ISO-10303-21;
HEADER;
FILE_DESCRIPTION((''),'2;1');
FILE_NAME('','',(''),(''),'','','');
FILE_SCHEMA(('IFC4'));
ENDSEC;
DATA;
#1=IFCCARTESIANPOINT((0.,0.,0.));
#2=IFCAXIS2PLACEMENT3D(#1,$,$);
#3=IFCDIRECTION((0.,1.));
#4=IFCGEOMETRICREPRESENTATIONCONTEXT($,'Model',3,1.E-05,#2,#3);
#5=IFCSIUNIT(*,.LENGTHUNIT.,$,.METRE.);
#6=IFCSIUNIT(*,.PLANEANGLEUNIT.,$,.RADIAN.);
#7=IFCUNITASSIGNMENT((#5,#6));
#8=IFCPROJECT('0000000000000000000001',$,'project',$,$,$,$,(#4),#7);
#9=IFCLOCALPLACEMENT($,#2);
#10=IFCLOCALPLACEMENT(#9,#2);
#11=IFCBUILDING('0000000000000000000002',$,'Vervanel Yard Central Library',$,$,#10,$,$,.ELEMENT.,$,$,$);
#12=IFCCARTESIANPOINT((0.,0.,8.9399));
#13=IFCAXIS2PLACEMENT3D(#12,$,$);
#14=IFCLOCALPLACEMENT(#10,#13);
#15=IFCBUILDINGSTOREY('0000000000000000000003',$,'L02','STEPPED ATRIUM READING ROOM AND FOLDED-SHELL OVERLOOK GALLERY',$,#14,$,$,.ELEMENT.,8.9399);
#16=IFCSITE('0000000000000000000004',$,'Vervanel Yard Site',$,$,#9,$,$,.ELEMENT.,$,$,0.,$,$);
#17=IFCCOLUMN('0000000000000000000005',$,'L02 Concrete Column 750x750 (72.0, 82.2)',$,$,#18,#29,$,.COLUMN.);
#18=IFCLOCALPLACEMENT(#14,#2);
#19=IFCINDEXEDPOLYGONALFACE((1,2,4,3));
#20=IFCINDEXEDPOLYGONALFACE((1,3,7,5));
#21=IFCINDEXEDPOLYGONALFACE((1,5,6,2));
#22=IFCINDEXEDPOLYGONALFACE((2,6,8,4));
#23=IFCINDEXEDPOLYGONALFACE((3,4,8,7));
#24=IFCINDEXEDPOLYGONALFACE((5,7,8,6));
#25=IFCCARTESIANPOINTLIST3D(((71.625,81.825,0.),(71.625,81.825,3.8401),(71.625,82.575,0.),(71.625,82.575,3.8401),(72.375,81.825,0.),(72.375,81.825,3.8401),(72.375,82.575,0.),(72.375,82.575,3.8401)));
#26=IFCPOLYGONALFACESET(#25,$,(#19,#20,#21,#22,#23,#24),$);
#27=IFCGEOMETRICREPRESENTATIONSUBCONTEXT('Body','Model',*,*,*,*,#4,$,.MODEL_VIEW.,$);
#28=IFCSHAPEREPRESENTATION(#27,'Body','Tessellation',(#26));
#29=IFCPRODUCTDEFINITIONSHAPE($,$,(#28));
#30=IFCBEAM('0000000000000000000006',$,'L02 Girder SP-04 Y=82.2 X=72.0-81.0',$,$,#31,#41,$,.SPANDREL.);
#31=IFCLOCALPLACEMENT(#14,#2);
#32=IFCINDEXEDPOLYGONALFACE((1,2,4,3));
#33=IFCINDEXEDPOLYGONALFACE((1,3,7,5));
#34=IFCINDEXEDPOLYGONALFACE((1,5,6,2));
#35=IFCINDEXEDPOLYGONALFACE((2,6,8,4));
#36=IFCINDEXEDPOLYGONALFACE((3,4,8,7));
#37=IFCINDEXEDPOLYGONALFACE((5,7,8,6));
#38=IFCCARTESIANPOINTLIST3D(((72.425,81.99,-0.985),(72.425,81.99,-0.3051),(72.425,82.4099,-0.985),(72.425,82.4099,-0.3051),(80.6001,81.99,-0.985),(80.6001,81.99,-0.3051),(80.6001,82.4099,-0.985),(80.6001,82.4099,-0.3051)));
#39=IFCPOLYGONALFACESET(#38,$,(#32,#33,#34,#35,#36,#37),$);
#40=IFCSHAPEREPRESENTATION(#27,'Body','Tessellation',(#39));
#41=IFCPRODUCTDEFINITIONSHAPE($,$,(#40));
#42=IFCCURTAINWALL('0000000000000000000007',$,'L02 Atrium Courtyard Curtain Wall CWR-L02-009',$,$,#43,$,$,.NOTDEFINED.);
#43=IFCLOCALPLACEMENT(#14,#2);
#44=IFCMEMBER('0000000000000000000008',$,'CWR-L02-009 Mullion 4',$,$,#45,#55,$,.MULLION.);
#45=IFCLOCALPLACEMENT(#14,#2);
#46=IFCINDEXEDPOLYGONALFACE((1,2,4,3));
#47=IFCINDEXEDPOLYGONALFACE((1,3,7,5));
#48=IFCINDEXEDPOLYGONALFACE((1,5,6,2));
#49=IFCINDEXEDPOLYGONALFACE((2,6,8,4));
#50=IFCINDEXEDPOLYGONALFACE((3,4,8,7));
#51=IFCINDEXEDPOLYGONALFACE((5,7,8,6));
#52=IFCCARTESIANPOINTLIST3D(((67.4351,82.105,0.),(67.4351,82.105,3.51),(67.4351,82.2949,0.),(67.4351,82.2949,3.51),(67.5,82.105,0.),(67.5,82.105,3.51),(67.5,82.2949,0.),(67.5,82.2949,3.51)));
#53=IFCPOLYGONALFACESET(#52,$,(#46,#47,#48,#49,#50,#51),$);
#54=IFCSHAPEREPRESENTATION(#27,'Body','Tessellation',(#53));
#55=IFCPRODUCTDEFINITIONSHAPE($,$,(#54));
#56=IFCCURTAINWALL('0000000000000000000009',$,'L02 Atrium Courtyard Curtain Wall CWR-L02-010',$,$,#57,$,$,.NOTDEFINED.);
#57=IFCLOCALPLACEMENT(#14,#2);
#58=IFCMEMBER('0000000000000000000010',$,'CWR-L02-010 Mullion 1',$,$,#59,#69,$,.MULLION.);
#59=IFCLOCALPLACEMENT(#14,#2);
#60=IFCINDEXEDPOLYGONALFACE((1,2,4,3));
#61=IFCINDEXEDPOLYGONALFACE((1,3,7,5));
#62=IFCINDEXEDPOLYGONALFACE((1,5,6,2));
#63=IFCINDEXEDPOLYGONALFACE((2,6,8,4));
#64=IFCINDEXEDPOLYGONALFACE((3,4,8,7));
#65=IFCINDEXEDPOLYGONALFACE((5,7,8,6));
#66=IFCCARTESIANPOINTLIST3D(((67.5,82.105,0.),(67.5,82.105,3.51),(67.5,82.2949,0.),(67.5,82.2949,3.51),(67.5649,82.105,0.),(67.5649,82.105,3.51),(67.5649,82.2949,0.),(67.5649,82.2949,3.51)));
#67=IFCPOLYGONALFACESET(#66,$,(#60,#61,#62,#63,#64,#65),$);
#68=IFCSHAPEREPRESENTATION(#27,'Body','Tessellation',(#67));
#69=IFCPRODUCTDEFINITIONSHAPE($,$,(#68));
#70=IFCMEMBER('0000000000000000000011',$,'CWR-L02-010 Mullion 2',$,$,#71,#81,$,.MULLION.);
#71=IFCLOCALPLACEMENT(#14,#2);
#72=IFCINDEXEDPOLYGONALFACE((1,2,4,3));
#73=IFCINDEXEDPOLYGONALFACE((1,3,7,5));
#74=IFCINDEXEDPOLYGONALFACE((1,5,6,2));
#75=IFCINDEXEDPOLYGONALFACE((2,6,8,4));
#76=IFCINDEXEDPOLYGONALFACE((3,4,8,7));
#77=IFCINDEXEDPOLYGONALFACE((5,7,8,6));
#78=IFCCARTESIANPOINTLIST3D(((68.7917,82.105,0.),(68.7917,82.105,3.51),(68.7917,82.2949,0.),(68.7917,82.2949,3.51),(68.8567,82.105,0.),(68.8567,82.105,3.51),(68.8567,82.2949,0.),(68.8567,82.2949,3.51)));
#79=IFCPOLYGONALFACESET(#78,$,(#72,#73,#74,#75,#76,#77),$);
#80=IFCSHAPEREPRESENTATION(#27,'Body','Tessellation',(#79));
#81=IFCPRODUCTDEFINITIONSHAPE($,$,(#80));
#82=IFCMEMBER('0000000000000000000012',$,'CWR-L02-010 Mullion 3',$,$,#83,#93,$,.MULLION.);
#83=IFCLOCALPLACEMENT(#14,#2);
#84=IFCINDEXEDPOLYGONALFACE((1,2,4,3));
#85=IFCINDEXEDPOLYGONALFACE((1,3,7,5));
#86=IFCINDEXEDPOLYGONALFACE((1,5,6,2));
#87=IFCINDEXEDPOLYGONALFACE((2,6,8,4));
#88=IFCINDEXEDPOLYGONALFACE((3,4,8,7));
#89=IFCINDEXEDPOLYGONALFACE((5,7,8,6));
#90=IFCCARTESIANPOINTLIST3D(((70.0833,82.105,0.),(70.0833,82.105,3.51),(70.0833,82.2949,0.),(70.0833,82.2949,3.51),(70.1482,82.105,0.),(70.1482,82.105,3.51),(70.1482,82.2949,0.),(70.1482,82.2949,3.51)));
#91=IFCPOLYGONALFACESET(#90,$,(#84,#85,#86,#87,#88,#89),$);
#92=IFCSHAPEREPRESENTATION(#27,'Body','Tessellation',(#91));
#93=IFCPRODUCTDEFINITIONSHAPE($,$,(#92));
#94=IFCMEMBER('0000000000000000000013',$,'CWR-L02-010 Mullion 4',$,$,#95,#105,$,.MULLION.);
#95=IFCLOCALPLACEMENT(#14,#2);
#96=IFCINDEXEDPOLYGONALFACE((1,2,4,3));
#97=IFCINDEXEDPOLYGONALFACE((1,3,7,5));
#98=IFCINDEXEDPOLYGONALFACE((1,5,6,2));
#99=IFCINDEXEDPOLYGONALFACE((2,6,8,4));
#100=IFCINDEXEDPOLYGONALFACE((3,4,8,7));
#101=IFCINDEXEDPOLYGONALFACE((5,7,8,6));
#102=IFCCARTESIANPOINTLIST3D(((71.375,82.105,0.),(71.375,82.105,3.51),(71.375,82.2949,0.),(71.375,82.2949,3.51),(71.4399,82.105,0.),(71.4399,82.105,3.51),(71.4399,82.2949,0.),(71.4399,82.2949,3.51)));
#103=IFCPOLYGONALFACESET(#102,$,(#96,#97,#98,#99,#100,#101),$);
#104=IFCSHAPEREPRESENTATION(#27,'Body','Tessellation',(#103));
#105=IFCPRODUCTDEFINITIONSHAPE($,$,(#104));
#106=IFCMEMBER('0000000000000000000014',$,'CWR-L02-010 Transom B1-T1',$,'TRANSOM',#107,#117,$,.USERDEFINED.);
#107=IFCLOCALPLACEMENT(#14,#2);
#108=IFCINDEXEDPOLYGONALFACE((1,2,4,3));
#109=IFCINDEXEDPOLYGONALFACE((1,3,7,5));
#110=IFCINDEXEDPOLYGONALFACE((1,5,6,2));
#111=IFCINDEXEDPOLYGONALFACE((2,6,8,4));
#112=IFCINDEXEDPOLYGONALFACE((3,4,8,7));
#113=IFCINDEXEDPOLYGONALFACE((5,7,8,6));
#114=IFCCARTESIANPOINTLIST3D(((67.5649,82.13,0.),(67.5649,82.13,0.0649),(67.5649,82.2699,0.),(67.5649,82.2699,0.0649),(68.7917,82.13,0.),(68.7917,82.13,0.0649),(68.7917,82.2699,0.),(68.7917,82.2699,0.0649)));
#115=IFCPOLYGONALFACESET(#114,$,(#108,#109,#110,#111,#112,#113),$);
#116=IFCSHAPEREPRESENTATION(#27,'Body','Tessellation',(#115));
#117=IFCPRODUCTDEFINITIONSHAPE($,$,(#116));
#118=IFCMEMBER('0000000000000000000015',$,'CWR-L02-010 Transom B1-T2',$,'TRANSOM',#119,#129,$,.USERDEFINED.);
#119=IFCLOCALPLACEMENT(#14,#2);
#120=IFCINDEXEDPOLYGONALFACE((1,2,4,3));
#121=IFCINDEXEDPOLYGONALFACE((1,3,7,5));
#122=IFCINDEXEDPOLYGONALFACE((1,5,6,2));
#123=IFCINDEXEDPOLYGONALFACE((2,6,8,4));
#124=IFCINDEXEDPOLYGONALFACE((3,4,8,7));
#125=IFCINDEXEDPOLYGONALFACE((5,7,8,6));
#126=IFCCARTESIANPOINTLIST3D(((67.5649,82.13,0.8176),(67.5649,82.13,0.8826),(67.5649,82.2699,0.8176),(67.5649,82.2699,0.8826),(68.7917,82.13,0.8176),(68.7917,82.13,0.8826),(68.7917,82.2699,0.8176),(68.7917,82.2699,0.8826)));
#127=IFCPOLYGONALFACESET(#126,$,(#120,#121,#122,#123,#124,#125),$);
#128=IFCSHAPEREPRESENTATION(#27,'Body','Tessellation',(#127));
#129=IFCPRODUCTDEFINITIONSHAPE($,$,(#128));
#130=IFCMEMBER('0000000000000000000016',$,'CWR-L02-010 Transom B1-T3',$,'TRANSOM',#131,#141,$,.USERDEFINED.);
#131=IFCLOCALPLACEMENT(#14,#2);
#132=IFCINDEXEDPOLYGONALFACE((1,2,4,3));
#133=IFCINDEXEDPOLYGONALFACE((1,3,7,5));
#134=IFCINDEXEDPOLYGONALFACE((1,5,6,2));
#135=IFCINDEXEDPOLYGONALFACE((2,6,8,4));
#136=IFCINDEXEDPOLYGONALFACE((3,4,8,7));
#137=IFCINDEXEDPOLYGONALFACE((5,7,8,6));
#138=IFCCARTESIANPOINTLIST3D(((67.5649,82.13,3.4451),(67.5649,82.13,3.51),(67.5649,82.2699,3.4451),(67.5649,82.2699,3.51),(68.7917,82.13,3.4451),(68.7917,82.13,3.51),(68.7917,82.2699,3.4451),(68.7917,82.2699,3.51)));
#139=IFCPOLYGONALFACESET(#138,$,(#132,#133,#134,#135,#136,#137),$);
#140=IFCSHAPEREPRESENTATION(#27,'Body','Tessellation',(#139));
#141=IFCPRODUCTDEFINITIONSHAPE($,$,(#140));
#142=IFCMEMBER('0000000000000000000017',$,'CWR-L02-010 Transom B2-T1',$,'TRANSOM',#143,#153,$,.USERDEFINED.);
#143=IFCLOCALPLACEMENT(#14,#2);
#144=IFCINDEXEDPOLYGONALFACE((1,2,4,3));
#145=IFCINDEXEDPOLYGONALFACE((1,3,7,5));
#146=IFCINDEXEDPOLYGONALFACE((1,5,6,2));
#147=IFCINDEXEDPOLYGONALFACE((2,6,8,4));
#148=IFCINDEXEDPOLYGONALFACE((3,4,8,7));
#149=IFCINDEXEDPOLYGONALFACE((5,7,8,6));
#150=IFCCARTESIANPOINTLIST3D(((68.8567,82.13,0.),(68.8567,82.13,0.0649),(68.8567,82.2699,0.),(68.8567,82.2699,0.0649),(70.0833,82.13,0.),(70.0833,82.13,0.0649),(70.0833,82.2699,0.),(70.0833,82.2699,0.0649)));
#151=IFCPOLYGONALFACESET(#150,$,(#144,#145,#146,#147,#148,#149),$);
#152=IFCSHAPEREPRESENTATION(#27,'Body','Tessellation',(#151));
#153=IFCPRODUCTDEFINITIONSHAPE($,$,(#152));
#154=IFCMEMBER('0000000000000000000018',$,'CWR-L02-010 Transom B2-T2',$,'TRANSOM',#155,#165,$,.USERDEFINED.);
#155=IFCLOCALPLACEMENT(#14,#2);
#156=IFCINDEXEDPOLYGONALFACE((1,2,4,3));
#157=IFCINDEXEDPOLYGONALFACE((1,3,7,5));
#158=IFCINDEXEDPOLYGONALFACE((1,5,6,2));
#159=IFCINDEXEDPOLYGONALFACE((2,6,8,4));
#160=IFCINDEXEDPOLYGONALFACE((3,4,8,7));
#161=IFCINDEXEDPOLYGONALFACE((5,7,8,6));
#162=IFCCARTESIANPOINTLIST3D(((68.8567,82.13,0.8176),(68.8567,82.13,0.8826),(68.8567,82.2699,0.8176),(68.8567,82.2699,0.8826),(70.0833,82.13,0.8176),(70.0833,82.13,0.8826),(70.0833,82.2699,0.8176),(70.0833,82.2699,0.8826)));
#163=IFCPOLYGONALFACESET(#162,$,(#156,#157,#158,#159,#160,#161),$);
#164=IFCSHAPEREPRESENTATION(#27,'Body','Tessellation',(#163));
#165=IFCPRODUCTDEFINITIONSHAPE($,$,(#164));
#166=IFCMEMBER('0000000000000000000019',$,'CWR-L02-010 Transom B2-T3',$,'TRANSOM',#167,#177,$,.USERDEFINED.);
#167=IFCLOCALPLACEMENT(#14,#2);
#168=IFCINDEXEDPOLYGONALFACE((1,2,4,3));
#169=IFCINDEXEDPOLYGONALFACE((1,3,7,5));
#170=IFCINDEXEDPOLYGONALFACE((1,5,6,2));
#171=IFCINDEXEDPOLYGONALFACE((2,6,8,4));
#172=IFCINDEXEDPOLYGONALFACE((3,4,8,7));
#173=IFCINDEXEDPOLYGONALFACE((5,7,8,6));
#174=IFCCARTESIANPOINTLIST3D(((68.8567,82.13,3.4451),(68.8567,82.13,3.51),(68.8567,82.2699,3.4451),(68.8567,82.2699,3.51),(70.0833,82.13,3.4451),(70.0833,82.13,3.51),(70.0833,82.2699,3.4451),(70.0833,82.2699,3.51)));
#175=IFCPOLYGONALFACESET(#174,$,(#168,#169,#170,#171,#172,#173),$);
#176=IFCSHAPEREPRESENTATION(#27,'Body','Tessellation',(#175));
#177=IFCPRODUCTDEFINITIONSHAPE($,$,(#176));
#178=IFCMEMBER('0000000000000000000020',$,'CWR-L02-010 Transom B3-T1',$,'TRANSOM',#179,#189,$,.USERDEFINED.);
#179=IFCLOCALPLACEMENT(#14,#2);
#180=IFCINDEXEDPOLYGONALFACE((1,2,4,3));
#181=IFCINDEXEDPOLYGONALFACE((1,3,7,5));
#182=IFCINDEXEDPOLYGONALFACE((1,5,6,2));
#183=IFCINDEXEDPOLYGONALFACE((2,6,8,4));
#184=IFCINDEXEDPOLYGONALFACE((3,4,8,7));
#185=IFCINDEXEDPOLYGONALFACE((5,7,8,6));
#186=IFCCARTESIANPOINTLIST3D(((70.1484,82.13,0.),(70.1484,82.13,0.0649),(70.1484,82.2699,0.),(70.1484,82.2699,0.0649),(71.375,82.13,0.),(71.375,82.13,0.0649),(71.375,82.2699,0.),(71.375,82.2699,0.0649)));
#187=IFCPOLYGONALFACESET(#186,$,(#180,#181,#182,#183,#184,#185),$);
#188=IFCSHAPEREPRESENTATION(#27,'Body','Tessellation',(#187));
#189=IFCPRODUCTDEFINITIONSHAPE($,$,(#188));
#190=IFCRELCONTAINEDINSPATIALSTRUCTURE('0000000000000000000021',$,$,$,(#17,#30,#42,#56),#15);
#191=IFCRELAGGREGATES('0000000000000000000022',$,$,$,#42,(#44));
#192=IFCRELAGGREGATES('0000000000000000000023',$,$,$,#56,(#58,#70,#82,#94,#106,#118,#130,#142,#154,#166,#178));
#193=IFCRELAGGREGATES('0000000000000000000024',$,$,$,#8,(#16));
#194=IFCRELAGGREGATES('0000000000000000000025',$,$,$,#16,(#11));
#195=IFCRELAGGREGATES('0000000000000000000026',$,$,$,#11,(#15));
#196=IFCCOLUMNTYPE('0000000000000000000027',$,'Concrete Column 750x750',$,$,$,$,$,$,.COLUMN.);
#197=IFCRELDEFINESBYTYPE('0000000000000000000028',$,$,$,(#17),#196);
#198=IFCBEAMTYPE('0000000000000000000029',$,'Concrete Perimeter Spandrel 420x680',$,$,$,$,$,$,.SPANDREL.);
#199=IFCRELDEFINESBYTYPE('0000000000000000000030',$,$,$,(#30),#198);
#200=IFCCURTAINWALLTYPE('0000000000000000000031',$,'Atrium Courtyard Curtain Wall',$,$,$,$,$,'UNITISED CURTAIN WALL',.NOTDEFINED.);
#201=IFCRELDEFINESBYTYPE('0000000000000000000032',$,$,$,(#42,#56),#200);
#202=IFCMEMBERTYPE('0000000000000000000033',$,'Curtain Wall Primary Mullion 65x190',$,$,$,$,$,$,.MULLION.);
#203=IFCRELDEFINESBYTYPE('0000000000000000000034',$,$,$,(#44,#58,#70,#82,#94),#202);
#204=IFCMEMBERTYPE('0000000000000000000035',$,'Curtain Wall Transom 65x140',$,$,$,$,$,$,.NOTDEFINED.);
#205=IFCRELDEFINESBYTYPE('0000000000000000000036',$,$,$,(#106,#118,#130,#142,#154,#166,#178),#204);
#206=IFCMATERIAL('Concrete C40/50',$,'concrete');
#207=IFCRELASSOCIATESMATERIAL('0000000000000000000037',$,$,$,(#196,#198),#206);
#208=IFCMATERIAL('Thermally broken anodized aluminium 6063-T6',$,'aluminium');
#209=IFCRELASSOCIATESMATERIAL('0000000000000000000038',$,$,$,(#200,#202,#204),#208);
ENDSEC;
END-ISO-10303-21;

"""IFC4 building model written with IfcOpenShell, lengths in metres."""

from ifc_helpers import new_model, si_unit, direction, frame, origin, origin_2d, place, context, subcontext, project, spatial, rectangle, extrude, material, material_profile, profile_set, type_object, element, aggregate, save


model = new_model("IFC4")

# Units and contexts
model_context = context("Model", 3, precision=1e-05, world=origin(), true_north=direction((0.0, 1.0)))
body_context = subcontext(model_context, "Body", "Model", "MODEL_VIEW")
ifc_project = project(units=[si_unit("LENGTHUNIT", "METRE"), si_unit("PLANEANGLEUNIT", "RADIAN")], contexts=[model_context])

# Site, building, storey
site_placement = place(None, origin())
site = spatial("IfcSite", under=ifc_project, at=site_placement, Name="Vervanel Yard Site", CompositionType="ELEMENT", RefElevation=0.0)
building_placement = place(site_placement, origin())
building = spatial("IfcBuilding", under=site, at=building_placement, Name="Vervanel Yard Central Library", CompositionType="ELEMENT")
storey_placement = place(building_placement, frame((0.0, 0.0, 8.9399)))
storey = spatial("IfcBuildingStorey", under=building, at=storey_placement, Name="L02", Description="STEPPED ATRIUM READING ROOM AND FOLDED-SHELL OVERLOOK GALLERY", CompositionType="ELEMENT", Elevation=8.9399)

# Column
ifc_material_1 = material(Name="Concrete C40/50", Category="concrete")
ifc_material_profile_1 = material_profile(ifc_material_1, rectangle(XDim=0.75, YDim=0.75, at=origin_2d()), Name="RC 750x750", Category="concrete")
ifc_profile_set_1 = profile_set([ifc_material_profile_1], Name="Concrete C40/50")
column_type = type_object("IfcColumnType", Name="Concrete Column 750x750", PredefinedType="COLUMN", material=ifc_profile_set_1)
column_placement = place(storey_placement, frame((72.0, 82.2, 0.0), z_axis=(0.0, 0.0, 1.0), x_axis=(1.0, 0.0, 0.0)))
element("IfcColumn", 1, at=column_placement, inside=storey, type_object=column_type, Name="L02 Concrete Column 750x750 (72.0, 82.2)", PredefinedType="COLUMN", context=body_context, shape_type="SweptSolid", body=[
    extrude(rectangle(XDim=0.75, YDim=0.75, at=origin_2d()), origin(), (0.0, 0.0, 1.0), 3.8401),
])

# Beam
ifc_material_profile_2 = material_profile(ifc_material_1, rectangle(XDim=0.4199, YDim=0.6799, at=origin_2d()), Name="RC 420x680", Category="concrete")
ifc_profile_set_2 = profile_set([ifc_material_profile_2], Name="Concrete C40/50")
beam_type = type_object("IfcBeamType", Name="Concrete Perimeter Spandrel 420x680", PredefinedType="SPANDREL", material=ifc_profile_set_2)
beam_placement = place(storey_placement, frame((72.425, 82.2, -0.645), z_axis=(1.0, 0.0, 0.0), x_axis=(0.0, 1.0, 0.0)))
element("IfcBeam", 2, at=beam_placement, inside=storey, type_object=beam_type, Name="L02 Girder SP-04 Y=82.2 X=72.0-81.0", PredefinedType="SPANDREL", context=body_context, shape_type="SweptSolid", body=[
    extrude(rectangle(XDim=0.4199, YDim=0.6799, at=origin_2d()), origin(), (0.0, 0.0, 1.0), 8.175),
])

# Curtain wall, member
ifc_material_2 = material(Name="Thermally broken anodized aluminium 6063-T6", Category="aluminium")
curtain_wall_type = type_object("IfcCurtainWallType", Name="Atrium Courtyard Curtain Wall", ElementType="UNITISED CURTAIN WALL", PredefinedType="NOTDEFINED", material=ifc_material_2)
curtain_wall_1_placement = place(storey_placement, origin())
curtain_wall_1 = element("IfcCurtainWall", 3, at=curtain_wall_1_placement, inside=storey, type_object=curtain_wall_type, Name="L02 Atrium Courtyard Curtain Wall CWR-L02-009", PredefinedType="NOTDEFINED")
ifc_material_profile_3 = material_profile(ifc_material_2, rectangle(XDim=0.0649, YDim=0.1899, at=origin_2d()), Name="ALU 65x190", Category="aluminium")
ifc_profile_set_3 = profile_set([ifc_material_profile_3], Name="Thermally broken anodized aluminium 6063-T6")
member_type_1 = type_object("IfcMemberType", Name="Curtain Wall Primary Mullion 65x190", PredefinedType="MULLION", material=ifc_profile_set_3)
member_1_placement = place(storey_placement, frame((67.4675, 82.2, 0.0), z_axis=(0.0, 0.0, 1.0), x_axis=(1.0, 0.0, 0.0)))
member_1 = element("IfcMember", 4, at=member_1_placement, type_object=member_type_1, Name="CWR-L02-009 Mullion 4", PredefinedType="MULLION", context=body_context, shape_type="SweptSolid", body=[
    extrude(rectangle(XDim=0.0649, YDim=0.1899, at=origin_2d()), origin(), (0.0, 0.0, 1.0), 3.51),
])
aggregate(curtain_wall_1, [member_1])

# Curtain wall, members
curtain_wall_2_placement = place(storey_placement, origin())
curtain_wall_2 = element("IfcCurtainWall", 5, at=curtain_wall_2_placement, inside=storey, type_object=curtain_wall_type, Name="L02 Atrium Courtyard Curtain Wall CWR-L02-010", PredefinedType="NOTDEFINED")
member_2_placement = place(storey_placement, frame((67.5325, 82.2, 0.0), z_axis=(0.0, 0.0, 1.0), x_axis=(1.0, 0.0, 0.0)))
member_2 = element("IfcMember", 6, at=member_2_placement, type_object=member_type_1, Name="CWR-L02-010 Mullion 1", PredefinedType="MULLION", context=body_context, shape_type="SweptSolid", body=[
    extrude(rectangle(XDim=0.0649, YDim=0.1899, at=origin_2d()), origin(), (0.0, 0.0, 1.0), 3.51),
])
member_3_placement = place(storey_placement, frame((68.8242, 82.2, 0.0), z_axis=(0.0, 0.0, 1.0), x_axis=(1.0, 0.0, 0.0)))
member_3 = element("IfcMember", 7, at=member_3_placement, type_object=member_type_1, Name="CWR-L02-010 Mullion 2", PredefinedType="MULLION", context=body_context, shape_type="SweptSolid", body=[
    extrude(rectangle(XDim=0.0649, YDim=0.1899, at=origin_2d()), origin(), (0.0, 0.0, 1.0), 3.51),
])
member_4_placement = place(storey_placement, frame((70.1157, 82.2, 0.0), z_axis=(0.0, 0.0, 1.0), x_axis=(1.0, 0.0, 0.0)))
member_4 = element("IfcMember", 8, at=member_4_placement, type_object=member_type_1, Name="CWR-L02-010 Mullion 3", PredefinedType="MULLION", context=body_context, shape_type="SweptSolid", body=[
    extrude(rectangle(XDim=0.0649, YDim=0.1899, at=origin_2d()), origin(), (0.0, 0.0, 1.0), 3.51),
])
member_5_placement = place(storey_placement, frame((71.4075, 82.2, 0.0), z_axis=(0.0, 0.0, 1.0), x_axis=(1.0, 0.0, 0.0)))
member_5 = element("IfcMember", 9, at=member_5_placement, type_object=member_type_1, Name="CWR-L02-010 Mullion 4", PredefinedType="MULLION", context=body_context, shape_type="SweptSolid", body=[
    extrude(rectangle(XDim=0.0649, YDim=0.1899, at=origin_2d()), origin(), (0.0, 0.0, 1.0), 3.51),
])
ifc_material_profile_4 = material_profile(ifc_material_2, rectangle(XDim=0.0649, YDim=0.1399, at=origin_2d()), Name="ALU 65x140", Category="aluminium")
ifc_profile_set_4 = profile_set([ifc_material_profile_4], Name="Thermally broken anodized aluminium 6063-T6")
member_type_2 = type_object("IfcMemberType", Name="Curtain Wall Transom 65x140", PredefinedType="NOTDEFINED", material=ifc_profile_set_4)
member_6_placement = place(storey_placement, frame((67.5649, 82.2, 0.0325), z_axis=(1.0, 0.0, 0.0), x_axis=(0.0, 0.0, 1.0)))
member_6 = element("IfcMember", 10, at=member_6_placement, type_object=member_type_2, Name="CWR-L02-010 Transom B1-T1", ObjectType="TRANSOM", PredefinedType="USERDEFINED", context=body_context, shape_type="SweptSolid", body=[
    extrude(rectangle(XDim=0.0649, YDim=0.1399, at=origin_2d()), origin(), (0.0, 0.0, 1.0), 1.2268),
])
member_7_placement = place(storey_placement, frame((67.5649, 82.2, 0.8501), z_axis=(1.0, 0.0, 0.0), x_axis=(0.0, 0.0, 1.0)))
member_7 = element("IfcMember", 11, at=member_7_placement, type_object=member_type_2, Name="CWR-L02-010 Transom B1-T2", ObjectType="TRANSOM", PredefinedType="USERDEFINED", context=body_context, shape_type="SweptSolid", body=[
    extrude(rectangle(XDim=0.0649, YDim=0.1399, at=origin_2d()), origin(), (0.0, 0.0, 1.0), 1.2268),
])
member_8_placement = place(storey_placement, frame((67.5649, 82.2, 3.4775), z_axis=(1.0, 0.0, 0.0), x_axis=(0.0, 0.0, 1.0)))
member_8 = element("IfcMember", 12, at=member_8_placement, type_object=member_type_2, Name="CWR-L02-010 Transom B1-T3", ObjectType="TRANSOM", PredefinedType="USERDEFINED", context=body_context, shape_type="SweptSolid", body=[
    extrude(rectangle(XDim=0.0649, YDim=0.1399, at=origin_2d()), origin(), (0.0, 0.0, 1.0), 1.2268),
])
member_9_placement = place(storey_placement, frame((68.8567, 82.2, 0.0325), z_axis=(1.0, 0.0, 0.0), x_axis=(0.0, 0.0, 1.0)))
member_9 = element("IfcMember", 13, at=member_9_placement, type_object=member_type_2, Name="CWR-L02-010 Transom B2-T1", ObjectType="TRANSOM", PredefinedType="USERDEFINED", context=body_context, shape_type="SweptSolid", body=[
    extrude(rectangle(XDim=0.0649, YDim=0.1399, at=origin_2d()), origin(), (0.0, 0.0, 1.0), 1.2266),
])
member_10_placement = place(storey_placement, frame((68.8567, 82.2, 0.8501), z_axis=(1.0, 0.0, 0.0), x_axis=(0.0, 0.0, 1.0)))
member_10 = element("IfcMember", 14, at=member_10_placement, type_object=member_type_2, Name="CWR-L02-010 Transom B2-T2", ObjectType="TRANSOM", PredefinedType="USERDEFINED", context=body_context, shape_type="SweptSolid", body=[
    extrude(rectangle(XDim=0.0649, YDim=0.1399, at=origin_2d()), origin(), (0.0, 0.0, 1.0), 1.2266),
])
member_11_placement = place(storey_placement, frame((68.8567, 82.2, 3.4775), z_axis=(1.0, 0.0, 0.0), x_axis=(0.0, 0.0, 1.0)))
member_11 = element("IfcMember", 15, at=member_11_placement, type_object=member_type_2, Name="CWR-L02-010 Transom B2-T3", ObjectType="TRANSOM", PredefinedType="USERDEFINED", context=body_context, shape_type="SweptSolid", body=[
    extrude(rectangle(XDim=0.0649, YDim=0.1399, at=origin_2d()), origin(), (0.0, 0.0, 1.0), 1.2266),
])
member_12_placement = place(storey_placement, frame((70.1484, 82.2, 0.0325), z_axis=(1.0, 0.0, 0.0), x_axis=(0.0, 0.0, 1.0)))
member_12 = element("IfcMember", 16, at=member_12_placement, type_object=member_type_2, Name="CWR-L02-010 Transom B3-T1", ObjectType="TRANSOM", PredefinedType="USERDEFINED", context=body_context, shape_type="SweptSolid", body=[
    extrude(rectangle(XDim=0.0649, YDim=0.1399, at=origin_2d()), origin(), (0.0, 0.0, 1.0), 1.2266),
])
aggregate(curtain_wall_2, [member_2, member_3, member_4, member_5, member_6, member_7, member_8, member_9, member_10, member_11, member_12])

save(model, "model.ifc")
